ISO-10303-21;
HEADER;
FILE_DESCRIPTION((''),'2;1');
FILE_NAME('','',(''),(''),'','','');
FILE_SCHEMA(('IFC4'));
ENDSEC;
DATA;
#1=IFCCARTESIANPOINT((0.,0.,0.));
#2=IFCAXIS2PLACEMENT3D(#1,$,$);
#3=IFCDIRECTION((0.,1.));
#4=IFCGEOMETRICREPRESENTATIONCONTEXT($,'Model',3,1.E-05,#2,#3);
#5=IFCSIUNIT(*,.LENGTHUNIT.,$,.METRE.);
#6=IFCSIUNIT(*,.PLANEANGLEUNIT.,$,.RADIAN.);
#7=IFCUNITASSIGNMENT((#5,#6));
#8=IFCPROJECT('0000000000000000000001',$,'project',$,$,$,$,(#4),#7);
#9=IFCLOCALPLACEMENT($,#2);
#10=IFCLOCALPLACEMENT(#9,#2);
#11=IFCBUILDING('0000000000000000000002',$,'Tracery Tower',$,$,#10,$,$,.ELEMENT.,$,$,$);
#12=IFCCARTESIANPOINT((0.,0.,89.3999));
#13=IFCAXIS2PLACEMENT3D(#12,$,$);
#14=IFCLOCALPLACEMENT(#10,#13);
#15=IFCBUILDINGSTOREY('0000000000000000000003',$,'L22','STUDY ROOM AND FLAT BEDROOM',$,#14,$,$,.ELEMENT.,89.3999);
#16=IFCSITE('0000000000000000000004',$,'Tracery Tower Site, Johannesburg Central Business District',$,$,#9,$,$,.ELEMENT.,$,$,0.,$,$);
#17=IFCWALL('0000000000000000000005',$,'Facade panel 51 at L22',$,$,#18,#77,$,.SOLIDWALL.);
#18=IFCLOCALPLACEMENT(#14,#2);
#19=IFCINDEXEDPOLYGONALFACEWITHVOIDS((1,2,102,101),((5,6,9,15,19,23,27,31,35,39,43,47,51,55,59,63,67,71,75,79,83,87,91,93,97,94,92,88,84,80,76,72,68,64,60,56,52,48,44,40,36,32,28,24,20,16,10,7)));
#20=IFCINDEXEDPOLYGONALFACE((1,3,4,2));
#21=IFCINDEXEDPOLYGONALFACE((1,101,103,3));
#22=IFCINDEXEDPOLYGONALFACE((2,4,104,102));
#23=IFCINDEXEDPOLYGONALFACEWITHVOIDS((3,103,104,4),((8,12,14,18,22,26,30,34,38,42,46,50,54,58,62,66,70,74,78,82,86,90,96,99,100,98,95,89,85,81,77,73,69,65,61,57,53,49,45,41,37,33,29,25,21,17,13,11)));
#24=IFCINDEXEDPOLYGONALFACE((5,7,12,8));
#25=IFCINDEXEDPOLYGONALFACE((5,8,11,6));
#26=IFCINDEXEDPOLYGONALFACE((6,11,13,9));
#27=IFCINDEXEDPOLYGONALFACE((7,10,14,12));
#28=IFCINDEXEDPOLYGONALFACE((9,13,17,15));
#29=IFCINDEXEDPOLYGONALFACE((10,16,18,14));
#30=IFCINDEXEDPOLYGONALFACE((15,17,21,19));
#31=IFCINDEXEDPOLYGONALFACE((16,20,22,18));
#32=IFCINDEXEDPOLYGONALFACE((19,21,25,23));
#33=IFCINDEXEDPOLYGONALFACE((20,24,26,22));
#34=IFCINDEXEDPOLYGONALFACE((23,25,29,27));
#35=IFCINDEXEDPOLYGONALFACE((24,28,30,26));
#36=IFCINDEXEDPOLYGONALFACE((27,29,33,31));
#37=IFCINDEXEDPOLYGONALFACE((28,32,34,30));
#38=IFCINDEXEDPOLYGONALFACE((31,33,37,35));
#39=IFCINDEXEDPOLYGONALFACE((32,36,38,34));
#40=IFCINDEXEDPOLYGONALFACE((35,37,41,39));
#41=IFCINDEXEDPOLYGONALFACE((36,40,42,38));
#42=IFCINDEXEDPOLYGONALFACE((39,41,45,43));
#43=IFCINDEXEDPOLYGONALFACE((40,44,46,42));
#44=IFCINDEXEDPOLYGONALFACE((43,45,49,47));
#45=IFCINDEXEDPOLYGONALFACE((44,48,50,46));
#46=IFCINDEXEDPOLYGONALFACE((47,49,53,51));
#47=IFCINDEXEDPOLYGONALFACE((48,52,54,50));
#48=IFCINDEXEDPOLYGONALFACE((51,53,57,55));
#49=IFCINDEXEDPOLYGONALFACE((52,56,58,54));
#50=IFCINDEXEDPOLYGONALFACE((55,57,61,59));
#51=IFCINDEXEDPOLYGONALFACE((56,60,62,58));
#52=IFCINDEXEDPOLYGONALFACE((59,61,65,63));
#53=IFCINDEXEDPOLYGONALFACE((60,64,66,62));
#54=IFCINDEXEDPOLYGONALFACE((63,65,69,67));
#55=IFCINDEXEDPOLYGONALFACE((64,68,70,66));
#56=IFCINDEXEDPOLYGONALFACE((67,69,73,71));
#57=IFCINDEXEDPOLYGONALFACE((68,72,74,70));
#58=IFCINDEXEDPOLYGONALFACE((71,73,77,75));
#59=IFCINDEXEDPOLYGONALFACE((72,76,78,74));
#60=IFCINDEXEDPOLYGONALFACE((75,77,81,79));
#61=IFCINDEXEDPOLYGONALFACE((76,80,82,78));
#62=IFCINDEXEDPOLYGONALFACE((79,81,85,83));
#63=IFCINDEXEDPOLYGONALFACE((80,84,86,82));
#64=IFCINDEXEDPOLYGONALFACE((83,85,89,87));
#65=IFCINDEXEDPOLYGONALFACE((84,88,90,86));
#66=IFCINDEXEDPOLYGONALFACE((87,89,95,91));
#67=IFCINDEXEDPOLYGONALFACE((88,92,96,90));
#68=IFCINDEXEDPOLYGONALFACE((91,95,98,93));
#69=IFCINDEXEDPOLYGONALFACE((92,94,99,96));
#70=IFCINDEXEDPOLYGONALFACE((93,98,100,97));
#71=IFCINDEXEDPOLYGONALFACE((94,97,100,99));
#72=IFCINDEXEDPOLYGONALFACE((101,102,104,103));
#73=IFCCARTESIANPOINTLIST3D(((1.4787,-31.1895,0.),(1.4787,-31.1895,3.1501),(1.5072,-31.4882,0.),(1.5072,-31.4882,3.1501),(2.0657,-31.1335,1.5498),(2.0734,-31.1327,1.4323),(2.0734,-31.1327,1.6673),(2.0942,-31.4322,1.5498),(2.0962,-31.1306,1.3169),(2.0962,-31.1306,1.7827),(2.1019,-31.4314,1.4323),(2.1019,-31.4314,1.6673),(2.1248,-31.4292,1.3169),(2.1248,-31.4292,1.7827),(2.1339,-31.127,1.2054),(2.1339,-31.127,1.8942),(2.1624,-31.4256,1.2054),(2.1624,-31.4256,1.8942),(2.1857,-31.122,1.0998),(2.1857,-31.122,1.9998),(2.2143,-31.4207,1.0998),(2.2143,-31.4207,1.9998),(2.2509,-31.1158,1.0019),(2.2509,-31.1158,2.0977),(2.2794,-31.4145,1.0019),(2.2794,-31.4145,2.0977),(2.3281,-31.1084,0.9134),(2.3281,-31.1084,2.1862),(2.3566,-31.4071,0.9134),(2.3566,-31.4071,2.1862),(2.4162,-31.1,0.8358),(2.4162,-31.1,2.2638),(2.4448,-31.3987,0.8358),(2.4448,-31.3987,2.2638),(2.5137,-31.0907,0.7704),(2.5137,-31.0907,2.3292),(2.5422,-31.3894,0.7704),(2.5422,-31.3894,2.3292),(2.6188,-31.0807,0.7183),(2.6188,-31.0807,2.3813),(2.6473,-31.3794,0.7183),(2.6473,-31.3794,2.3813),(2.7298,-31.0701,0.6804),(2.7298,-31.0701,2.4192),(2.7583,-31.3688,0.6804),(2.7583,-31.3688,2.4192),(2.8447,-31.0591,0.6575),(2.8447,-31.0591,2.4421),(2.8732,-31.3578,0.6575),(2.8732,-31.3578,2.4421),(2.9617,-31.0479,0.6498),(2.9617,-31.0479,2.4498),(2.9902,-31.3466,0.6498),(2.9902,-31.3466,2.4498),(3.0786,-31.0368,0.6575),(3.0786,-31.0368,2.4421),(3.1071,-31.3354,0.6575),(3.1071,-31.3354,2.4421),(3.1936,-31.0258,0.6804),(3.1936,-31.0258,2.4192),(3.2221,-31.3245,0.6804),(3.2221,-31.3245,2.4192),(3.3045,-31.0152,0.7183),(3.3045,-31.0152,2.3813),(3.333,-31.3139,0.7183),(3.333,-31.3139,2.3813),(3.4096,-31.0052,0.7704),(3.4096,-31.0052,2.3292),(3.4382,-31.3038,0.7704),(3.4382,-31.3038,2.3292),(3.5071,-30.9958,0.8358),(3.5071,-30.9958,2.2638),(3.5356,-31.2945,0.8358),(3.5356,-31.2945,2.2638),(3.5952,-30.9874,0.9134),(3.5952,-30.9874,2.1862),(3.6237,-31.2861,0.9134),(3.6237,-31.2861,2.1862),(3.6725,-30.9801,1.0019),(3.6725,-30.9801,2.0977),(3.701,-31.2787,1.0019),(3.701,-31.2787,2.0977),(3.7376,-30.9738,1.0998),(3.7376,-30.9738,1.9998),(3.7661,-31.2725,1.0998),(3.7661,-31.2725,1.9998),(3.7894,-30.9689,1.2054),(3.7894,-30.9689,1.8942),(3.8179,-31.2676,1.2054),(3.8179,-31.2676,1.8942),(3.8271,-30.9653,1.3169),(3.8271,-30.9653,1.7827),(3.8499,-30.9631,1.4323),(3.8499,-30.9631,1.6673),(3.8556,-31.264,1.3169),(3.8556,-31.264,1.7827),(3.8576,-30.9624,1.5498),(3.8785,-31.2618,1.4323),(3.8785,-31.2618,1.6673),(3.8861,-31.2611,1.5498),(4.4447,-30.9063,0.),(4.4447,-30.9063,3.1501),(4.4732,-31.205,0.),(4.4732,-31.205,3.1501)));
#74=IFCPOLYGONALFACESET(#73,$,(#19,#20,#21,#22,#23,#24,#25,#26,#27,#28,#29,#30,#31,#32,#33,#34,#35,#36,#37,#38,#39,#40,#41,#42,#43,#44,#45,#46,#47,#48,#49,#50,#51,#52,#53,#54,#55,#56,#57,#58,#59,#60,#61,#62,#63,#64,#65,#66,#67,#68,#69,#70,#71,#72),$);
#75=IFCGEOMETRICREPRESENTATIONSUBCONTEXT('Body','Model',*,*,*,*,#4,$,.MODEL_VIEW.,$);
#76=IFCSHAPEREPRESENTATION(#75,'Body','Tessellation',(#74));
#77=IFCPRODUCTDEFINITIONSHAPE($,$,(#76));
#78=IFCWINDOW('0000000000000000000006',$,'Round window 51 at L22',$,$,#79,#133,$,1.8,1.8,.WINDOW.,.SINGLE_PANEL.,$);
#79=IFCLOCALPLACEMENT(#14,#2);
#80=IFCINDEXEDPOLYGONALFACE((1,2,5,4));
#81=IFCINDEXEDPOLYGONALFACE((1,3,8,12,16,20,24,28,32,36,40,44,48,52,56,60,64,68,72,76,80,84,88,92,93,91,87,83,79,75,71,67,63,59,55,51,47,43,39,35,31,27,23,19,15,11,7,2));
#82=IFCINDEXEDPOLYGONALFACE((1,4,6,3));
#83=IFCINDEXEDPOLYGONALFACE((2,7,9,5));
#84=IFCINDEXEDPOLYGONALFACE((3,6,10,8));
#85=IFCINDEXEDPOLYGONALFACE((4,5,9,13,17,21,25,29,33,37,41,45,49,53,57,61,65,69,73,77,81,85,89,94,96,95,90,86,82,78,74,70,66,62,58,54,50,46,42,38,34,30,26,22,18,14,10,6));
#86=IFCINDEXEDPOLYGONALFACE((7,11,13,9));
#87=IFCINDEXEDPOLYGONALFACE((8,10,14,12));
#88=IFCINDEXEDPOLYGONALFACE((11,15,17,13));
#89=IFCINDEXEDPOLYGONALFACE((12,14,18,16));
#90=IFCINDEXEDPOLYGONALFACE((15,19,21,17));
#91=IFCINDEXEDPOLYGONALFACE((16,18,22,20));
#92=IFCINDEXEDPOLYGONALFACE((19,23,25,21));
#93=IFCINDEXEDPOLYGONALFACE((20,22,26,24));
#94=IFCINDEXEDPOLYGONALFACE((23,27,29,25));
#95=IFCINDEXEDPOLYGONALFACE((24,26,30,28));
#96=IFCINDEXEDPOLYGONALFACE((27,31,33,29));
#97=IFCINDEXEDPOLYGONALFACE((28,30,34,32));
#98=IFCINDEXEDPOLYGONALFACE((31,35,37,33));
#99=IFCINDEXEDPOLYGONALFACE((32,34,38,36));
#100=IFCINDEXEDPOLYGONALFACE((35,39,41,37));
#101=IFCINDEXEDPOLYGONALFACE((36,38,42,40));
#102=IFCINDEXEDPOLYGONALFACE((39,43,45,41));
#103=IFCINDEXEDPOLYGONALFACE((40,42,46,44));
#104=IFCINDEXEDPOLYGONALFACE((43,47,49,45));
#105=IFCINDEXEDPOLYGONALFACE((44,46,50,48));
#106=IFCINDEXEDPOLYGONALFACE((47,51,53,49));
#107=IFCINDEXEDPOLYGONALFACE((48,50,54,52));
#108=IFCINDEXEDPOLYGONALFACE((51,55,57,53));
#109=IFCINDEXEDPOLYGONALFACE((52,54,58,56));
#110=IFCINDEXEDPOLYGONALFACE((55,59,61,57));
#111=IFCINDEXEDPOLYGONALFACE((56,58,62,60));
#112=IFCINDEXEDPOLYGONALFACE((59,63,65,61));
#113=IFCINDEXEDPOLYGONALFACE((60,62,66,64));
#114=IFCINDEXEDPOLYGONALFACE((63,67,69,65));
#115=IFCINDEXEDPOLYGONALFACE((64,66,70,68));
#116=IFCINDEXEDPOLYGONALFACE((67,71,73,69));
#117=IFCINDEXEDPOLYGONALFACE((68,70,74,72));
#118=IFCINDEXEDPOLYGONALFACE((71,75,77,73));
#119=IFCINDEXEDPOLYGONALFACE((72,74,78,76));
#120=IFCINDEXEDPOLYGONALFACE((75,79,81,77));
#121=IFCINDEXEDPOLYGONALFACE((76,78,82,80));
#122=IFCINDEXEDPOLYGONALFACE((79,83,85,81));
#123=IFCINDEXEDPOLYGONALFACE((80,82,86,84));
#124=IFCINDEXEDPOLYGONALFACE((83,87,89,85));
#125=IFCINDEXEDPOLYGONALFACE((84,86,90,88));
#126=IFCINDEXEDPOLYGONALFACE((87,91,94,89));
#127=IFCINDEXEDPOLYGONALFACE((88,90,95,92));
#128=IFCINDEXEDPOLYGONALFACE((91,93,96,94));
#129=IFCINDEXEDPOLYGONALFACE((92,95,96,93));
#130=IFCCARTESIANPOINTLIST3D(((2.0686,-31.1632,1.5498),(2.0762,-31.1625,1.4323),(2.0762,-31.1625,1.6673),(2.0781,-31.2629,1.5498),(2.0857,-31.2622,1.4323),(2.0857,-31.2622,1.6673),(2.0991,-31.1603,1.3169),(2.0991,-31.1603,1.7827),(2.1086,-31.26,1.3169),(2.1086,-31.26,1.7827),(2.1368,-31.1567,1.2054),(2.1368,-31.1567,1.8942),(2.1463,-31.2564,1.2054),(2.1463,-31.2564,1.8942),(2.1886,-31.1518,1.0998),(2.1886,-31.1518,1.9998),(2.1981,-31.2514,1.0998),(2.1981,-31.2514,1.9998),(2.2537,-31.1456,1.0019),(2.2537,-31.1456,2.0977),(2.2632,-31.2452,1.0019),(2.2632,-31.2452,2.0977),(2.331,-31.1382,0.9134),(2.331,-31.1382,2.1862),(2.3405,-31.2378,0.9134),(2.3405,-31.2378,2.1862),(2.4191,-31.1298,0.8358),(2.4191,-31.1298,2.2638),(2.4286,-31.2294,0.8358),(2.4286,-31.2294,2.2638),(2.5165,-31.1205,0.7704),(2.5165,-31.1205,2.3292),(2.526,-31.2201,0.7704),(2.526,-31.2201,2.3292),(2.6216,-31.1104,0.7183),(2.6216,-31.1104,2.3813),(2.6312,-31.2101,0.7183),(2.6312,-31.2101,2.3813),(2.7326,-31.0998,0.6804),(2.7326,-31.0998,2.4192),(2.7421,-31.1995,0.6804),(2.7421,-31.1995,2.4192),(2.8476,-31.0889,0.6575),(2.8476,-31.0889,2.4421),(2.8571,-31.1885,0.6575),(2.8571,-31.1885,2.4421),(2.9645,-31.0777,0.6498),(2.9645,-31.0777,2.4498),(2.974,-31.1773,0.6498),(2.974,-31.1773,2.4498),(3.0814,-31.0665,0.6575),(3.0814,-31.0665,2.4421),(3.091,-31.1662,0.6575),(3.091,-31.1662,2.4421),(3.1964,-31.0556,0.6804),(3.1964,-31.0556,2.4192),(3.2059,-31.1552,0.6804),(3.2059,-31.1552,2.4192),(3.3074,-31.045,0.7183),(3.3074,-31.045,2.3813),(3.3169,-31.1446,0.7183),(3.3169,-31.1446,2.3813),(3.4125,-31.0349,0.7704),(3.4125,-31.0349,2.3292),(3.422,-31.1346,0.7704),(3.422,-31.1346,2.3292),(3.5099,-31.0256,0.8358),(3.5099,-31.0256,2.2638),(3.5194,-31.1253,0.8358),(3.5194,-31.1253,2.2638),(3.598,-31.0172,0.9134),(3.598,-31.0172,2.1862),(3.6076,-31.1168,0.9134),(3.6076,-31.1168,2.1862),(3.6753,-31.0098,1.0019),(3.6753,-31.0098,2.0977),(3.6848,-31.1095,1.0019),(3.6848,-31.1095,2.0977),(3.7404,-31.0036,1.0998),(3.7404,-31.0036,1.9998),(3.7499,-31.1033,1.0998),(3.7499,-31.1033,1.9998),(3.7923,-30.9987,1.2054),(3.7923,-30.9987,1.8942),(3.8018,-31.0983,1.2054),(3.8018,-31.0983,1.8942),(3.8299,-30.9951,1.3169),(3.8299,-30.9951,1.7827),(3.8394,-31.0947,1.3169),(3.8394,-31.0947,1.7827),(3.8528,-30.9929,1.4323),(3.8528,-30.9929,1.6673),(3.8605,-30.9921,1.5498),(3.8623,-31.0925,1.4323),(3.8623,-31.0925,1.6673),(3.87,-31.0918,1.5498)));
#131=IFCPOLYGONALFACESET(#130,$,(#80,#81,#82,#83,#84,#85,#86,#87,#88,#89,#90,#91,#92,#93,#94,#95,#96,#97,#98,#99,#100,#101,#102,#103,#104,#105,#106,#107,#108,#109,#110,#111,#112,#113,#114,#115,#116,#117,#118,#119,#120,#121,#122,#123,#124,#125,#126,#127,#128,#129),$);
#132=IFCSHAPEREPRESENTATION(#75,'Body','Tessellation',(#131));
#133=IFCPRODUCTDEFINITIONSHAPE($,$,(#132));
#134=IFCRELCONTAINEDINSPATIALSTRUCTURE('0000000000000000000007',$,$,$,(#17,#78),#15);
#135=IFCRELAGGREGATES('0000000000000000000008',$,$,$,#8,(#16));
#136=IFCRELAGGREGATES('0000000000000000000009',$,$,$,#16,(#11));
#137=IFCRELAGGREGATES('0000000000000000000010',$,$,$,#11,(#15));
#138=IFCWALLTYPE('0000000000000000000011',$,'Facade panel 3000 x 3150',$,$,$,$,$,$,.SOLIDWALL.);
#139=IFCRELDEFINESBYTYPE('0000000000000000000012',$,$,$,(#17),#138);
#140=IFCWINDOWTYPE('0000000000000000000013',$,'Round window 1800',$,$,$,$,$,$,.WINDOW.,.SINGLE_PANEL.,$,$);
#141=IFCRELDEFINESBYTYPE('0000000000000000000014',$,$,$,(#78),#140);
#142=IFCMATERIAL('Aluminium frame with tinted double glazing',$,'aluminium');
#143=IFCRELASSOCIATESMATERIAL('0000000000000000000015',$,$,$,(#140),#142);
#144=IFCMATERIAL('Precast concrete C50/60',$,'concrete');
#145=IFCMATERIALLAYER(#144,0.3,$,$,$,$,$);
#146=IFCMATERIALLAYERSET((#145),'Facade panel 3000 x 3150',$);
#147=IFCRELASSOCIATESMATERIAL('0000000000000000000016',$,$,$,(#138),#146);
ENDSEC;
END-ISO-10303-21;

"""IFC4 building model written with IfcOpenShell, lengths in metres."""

from ifc_helpers import new_model, si_unit, direction, frame, frame_2d, origin, origin_2d, place, context, subcontext, project, spatial, rectangle, circle, extrude, material, layer, layer_set, type_object, element, fill, save


model = new_model("IFC4")

# Units and contexts
model_context = context("Model", 3, precision=1e-05, world=origin(), true_north=direction((0.0, 1.0)))
body_context = subcontext(model_context, "Body", "Model", "MODEL_VIEW")
ifc_project = project(units=[si_unit("LENGTHUNIT", "METRE"), si_unit("PLANEANGLEUNIT", "RADIAN")], contexts=[model_context])

# Site, building, storey
site_placement = place(None, origin())
site = spatial("IfcSite", under=ifc_project, at=site_placement, Name="Tracery Tower Site, Johannesburg Central Business District", CompositionType="ELEMENT", RefElevation=0.0)
building_placement = place(site_placement, origin())
building = spatial("IfcBuilding", under=site, at=building_placement, Name="Tracery Tower", CompositionType="ELEMENT")
storey_placement = place(building_placement, frame((0.0, 0.0, 89.3999)))
storey = spatial("IfcBuildingStorey", under=building, at=storey_placement, Name="L22", Description="STUDY ROOM AND FLAT BEDROOM", CompositionType="ELEMENT", Elevation=89.3999)

# Wall, opening, window
ifc_material_1 = material(Name="Aluminium frame with tinted double glazing", Category="aluminium")
window_type = type_object("IfcWindowType", Name="Round window 1800", PartitioningType="SINGLE_PANEL", PredefinedType="WINDOW", material=ifc_material_1)
ifc_material_2 = material(Name="Precast concrete C50/60", Category="concrete")
ifc_layer_1 = layer(ifc_material_2, 0.3)
ifc_layer_set_1 = layer_set([ifc_layer_1], Name="Facade panel 3000 x 3150")
wall_type_1 = type_object("IfcWallType", Name="Facade panel 3000 x 3150", PredefinedType="SOLIDWALL", material=ifc_layer_set_1)
wall_1_placement = place(storey_placement, frame((1.4929, -31.3389, 0.0), z_axis=(0.0, 0.0, 1.0), x_axis=(0.995473, 0.095049, 0.0)))
wall_1 = element("IfcWall", 1, at=wall_1_placement, inside=storey, type_object=wall_type_1, Name="Facade panel 51 at L22", PredefinedType="SOLIDWALL", context=body_context, shape_type="SweptSolid", body=[
    extrude(rectangle(XDim=2.9795, YDim=0.3, at=frame_2d((1.4897, 0.0))), origin(), (0.0, 0.0, 1.0), 3.1501),
])
opening_1_placement = place(wall_1_placement, frame((1.4897, 0.0, 1.5498)))
opening_1 = element("IfcOpeningElement", 2, at=opening_1_placement, cuts=wall_1, PredefinedType="OPENING", context=body_context, shape_type="SweptSolid", body=[
    extrude(circle(Radius=0.9, at=origin_2d()), frame((0.0, 0.1599, 0.0), z_axis=(0.0, -1.0, 0.0), x_axis=(1.0, 0.0, 0.0)), (0.0, 0.0, 1.0), 0.3201),
])
window_1_placement = place(opening_1_placement, origin())
window_1 = element("IfcWindow", 3, at=window_1_placement, inside=storey, type_object=window_type, Name="Round window 51 at L22", OverallHeight=1.8, OverallWidth=1.8, PartitioningType="SINGLE_PANEL", PredefinedType="WINDOW", context=body_context, shape_type="SweptSolid", body=[
    extrude(circle(Radius=0.9, at=origin_2d()), frame((0.0, 0.1201, 0.0), z_axis=(0.0, -1.0, 0.0), x_axis=(1.0, 0.0, 0.0)), (0.0, 0.0, 1.0), 0.1001),
])
fill(opening_1, window_1)

save(model, "model.ifc")
